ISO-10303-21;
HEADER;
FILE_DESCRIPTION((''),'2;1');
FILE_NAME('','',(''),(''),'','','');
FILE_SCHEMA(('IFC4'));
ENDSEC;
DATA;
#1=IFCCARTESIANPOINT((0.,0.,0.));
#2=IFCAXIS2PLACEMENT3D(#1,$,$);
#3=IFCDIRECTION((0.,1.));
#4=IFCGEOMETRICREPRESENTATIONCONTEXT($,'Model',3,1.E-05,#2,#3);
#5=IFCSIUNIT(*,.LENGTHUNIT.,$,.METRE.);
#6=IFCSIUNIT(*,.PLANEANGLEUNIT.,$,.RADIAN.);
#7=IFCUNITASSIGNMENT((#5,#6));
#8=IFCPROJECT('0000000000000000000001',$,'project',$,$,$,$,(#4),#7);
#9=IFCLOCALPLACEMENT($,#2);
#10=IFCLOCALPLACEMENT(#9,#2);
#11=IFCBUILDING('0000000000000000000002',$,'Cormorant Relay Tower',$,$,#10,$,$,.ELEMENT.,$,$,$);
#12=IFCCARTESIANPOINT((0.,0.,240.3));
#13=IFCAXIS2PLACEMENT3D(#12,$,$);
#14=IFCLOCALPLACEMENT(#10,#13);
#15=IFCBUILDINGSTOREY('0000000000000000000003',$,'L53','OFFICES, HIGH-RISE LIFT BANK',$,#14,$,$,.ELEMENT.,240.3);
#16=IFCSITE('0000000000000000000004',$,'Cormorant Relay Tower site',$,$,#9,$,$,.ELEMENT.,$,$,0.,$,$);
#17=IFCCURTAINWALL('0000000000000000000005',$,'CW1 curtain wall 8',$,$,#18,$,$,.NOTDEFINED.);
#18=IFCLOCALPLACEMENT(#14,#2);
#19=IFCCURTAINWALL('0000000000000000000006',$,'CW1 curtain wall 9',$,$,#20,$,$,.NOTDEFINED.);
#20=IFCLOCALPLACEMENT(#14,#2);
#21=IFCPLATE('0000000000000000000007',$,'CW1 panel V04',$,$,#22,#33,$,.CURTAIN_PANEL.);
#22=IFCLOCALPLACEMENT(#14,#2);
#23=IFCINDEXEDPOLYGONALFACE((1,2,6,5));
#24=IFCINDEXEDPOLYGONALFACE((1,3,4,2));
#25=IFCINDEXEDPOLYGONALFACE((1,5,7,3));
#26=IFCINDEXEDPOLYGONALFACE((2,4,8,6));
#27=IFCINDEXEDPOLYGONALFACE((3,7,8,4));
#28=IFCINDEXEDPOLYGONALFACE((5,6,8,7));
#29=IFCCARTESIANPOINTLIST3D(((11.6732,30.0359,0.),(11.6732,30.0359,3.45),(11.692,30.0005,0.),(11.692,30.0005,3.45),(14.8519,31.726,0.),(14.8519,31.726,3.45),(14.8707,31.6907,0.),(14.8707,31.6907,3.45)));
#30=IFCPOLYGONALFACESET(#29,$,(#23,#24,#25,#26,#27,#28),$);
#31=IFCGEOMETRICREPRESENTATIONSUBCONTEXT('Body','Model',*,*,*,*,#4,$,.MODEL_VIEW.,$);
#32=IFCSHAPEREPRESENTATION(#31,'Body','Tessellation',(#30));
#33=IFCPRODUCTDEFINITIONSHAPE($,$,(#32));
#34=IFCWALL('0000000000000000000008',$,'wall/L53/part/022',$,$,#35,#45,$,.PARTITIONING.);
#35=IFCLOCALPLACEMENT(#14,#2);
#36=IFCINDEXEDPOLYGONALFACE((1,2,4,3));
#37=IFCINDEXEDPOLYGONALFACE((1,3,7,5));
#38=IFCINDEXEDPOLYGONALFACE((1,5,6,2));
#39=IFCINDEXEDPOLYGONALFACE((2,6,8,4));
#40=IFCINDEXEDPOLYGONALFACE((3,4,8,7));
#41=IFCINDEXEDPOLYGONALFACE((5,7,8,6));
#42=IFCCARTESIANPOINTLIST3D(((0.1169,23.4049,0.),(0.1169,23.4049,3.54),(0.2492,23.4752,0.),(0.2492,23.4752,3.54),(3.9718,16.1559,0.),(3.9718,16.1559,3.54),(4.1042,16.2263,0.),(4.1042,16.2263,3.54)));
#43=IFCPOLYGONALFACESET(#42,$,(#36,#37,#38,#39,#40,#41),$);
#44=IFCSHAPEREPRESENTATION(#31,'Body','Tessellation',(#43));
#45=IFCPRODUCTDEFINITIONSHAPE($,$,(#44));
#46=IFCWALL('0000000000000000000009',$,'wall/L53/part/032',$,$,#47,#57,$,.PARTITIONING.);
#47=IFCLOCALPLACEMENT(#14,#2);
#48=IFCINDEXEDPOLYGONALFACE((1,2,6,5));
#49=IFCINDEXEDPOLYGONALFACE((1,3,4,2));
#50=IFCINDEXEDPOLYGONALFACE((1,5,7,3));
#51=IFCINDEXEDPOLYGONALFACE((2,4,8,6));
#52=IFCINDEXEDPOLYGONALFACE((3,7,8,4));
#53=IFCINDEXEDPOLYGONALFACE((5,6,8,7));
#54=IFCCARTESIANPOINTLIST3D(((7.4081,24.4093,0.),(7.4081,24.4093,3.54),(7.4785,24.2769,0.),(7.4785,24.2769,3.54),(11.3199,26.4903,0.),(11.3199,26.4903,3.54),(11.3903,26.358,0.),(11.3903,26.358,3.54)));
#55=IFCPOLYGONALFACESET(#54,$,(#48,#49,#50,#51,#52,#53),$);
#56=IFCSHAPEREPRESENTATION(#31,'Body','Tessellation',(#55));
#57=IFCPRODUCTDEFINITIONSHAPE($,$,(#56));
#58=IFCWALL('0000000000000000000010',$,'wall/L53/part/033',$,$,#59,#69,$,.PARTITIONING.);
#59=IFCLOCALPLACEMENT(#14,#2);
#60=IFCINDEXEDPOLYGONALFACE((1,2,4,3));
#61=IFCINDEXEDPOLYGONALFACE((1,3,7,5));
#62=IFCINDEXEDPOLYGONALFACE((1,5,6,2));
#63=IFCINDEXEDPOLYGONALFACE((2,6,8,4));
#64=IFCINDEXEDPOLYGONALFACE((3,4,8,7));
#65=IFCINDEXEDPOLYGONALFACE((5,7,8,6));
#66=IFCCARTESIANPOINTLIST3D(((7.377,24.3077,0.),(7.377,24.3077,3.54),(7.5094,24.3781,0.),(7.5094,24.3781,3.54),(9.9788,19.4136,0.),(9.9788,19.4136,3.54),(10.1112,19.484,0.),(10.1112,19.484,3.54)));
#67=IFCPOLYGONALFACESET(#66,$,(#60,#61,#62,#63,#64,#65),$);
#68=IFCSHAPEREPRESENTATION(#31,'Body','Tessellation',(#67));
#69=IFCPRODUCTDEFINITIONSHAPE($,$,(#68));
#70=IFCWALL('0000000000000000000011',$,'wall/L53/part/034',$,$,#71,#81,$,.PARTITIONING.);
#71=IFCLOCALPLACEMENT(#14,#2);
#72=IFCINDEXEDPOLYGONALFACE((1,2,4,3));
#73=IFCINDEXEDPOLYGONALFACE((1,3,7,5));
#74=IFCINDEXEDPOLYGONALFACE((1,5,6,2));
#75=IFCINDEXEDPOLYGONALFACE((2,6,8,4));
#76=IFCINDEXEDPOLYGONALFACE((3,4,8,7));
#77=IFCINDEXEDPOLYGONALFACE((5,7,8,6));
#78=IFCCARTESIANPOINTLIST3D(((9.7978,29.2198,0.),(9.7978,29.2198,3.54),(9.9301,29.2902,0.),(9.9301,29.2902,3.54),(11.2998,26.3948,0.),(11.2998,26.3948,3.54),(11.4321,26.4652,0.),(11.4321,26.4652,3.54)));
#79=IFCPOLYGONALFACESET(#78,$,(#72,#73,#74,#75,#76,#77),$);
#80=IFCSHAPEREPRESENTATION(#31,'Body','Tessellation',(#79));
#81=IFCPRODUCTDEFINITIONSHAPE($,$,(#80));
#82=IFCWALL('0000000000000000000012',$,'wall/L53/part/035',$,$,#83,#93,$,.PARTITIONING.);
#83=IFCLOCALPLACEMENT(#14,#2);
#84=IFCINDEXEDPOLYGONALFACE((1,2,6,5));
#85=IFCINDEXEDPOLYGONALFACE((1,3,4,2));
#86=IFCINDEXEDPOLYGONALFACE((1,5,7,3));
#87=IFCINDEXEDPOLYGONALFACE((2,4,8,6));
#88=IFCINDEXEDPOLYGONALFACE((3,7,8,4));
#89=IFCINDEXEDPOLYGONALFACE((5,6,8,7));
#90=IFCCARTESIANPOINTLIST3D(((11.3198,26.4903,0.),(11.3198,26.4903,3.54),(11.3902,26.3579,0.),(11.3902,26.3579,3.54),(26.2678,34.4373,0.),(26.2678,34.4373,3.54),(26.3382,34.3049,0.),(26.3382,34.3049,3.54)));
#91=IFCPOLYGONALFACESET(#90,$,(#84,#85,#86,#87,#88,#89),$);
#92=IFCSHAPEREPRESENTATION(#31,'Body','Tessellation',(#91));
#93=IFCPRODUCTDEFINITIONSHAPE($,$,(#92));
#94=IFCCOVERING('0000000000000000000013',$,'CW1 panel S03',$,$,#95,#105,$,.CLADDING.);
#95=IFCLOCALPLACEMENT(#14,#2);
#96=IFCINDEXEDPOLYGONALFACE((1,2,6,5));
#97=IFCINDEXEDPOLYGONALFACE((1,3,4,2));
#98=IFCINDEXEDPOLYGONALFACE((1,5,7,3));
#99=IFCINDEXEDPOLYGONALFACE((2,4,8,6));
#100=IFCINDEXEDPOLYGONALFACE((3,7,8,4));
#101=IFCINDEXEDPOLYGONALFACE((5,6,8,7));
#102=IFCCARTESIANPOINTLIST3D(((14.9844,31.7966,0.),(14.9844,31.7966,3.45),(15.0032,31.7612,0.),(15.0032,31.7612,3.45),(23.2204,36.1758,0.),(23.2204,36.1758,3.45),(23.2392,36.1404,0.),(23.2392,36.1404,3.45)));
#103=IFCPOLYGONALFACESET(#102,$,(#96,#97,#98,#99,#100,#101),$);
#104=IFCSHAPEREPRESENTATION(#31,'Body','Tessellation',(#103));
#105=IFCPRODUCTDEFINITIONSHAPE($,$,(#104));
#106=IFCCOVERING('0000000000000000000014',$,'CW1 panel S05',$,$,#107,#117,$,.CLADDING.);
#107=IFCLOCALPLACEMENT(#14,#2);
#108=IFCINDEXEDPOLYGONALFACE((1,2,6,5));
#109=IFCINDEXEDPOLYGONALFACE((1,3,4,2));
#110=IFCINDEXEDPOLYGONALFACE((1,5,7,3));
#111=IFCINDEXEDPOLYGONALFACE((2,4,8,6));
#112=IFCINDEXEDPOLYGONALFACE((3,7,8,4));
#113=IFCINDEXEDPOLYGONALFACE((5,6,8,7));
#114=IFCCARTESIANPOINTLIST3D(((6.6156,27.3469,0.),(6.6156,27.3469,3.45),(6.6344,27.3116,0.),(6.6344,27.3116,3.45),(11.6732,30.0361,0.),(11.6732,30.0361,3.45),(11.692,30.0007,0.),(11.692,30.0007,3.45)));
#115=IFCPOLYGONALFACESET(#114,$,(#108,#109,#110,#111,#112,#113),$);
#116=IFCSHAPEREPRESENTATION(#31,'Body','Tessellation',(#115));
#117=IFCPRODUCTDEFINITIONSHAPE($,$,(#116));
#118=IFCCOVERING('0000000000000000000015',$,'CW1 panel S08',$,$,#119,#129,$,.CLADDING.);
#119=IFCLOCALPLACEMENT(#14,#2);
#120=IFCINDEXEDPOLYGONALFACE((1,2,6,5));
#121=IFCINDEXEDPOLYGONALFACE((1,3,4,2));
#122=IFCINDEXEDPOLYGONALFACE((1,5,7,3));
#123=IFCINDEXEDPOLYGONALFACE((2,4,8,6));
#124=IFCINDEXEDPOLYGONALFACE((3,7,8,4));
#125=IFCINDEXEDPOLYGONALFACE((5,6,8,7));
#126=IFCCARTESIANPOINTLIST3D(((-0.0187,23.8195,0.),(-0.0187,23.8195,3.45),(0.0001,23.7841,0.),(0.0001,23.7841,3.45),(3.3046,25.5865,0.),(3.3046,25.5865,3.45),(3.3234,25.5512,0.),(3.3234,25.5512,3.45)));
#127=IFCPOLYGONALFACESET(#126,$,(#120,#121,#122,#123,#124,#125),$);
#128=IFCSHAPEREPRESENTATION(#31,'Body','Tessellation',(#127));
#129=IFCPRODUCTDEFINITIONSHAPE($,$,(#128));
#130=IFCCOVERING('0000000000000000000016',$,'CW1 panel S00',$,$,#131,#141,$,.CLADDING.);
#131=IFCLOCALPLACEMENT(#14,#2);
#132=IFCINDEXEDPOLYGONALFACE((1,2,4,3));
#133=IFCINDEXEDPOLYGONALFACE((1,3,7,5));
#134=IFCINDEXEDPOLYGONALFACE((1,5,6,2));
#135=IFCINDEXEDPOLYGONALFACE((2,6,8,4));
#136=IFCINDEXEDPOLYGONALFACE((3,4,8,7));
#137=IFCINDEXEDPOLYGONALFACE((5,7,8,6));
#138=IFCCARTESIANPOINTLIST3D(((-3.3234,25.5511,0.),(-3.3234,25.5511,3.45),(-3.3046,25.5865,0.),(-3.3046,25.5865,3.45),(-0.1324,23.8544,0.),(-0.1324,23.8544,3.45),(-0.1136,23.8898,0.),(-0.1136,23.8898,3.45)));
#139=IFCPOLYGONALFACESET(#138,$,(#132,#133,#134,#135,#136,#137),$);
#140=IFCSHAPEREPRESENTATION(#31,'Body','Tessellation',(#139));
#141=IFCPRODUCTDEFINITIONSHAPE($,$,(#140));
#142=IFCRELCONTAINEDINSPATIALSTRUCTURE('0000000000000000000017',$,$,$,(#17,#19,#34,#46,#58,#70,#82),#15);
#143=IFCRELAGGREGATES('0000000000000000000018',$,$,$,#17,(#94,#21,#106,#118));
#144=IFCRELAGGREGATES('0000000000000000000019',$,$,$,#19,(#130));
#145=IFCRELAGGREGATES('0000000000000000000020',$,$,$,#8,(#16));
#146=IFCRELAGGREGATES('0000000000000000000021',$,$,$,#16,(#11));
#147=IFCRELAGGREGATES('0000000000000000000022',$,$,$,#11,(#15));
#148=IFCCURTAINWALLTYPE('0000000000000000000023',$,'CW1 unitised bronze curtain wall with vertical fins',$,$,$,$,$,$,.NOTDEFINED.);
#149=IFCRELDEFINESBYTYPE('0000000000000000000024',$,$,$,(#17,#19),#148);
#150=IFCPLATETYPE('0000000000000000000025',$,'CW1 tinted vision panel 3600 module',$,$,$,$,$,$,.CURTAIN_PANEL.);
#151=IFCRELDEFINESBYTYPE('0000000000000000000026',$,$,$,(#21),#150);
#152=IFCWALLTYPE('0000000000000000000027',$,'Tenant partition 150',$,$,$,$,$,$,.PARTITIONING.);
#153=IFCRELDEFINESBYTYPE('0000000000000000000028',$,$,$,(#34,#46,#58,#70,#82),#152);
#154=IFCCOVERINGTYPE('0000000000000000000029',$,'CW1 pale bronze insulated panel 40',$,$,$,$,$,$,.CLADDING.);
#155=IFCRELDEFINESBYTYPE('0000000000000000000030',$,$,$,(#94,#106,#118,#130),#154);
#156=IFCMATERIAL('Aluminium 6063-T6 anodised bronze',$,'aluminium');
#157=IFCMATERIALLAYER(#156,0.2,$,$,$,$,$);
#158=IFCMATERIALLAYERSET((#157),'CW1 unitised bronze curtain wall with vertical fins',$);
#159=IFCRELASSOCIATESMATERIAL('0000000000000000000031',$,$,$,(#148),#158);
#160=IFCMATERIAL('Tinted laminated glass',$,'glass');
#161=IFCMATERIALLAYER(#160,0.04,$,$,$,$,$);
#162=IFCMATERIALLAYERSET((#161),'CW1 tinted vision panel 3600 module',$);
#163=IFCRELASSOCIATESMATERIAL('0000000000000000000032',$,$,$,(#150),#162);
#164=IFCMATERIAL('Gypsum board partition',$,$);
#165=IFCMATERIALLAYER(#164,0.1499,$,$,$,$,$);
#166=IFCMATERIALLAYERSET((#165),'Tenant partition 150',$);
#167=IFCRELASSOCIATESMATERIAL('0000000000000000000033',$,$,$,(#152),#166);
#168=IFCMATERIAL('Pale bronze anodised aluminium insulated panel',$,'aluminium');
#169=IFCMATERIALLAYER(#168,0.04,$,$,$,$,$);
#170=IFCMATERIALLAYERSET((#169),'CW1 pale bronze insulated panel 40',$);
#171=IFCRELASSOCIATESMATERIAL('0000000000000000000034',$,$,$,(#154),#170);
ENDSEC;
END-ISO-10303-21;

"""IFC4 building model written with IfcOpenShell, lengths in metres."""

from ifc_helpers import new_model, si_unit, direction, frame, frame_2d, origin, origin_2d, place, context, subcontext, project, spatial, rectangle, extrude, material, layer, layer_set, type_object, element, aggregate, save


model = new_model("IFC4")

# Units and contexts
model_context = context("Model", 3, precision=1e-05, world=origin(), true_north=direction((0.0, 1.0)))
body_context = subcontext(model_context, "Body", "Model", "MODEL_VIEW")
ifc_project = project(units=[si_unit("LENGTHUNIT", "METRE"), si_unit("PLANEANGLEUNIT", "RADIAN")], contexts=[model_context])

# Site, building, storey
site_placement = place(None, origin())
site = spatial("IfcSite", under=ifc_project, at=site_placement, Name="Cormorant Relay Tower site", CompositionType="ELEMENT", RefElevation=0.0)
building_placement = place(site_placement, origin())
building = spatial("IfcBuilding", under=site, at=building_placement, Name="Cormorant Relay Tower", CompositionType="ELEMENT")
storey_placement = place(building_placement, frame((0.0, 0.0, 240.3)))
storey = spatial("IfcBuildingStorey", under=building, at=storey_placement, Name="L53", Description="OFFICES, HIGH-RISE LIFT BANK", CompositionType="ELEMENT", Elevation=240.3)

# Curtain walls
ifc_material_1 = material(Name="Aluminium 6063-T6 anodised bronze", Category="aluminium")
ifc_layer_1 = layer(ifc_material_1, 0.2)
ifc_layer_set_1 = layer_set([ifc_layer_1], Name="CW1 unitised bronze curtain wall with vertical fins")
curtain_wall_type = type_object("IfcCurtainWallType", Name="CW1 unitised bronze curtain wall with vertical fins", PredefinedType="NOTDEFINED", material=ifc_layer_set_1)
curtain_wall_1_placement = place(storey_placement, origin())
curtain_wall_1 = element("IfcCurtainWall", 1, at=curtain_wall_1_placement, inside=storey, type_object=curtain_wall_type, Name="CW1 curtain wall 8", PredefinedType="NOTDEFINED")
curtain_wall_2_placement = place(storey_placement, origin())
curtain_wall_2 = element("IfcCurtainWall", 2, at=curtain_wall_2_placement, inside=storey, type_object=curtain_wall_type, Name="CW1 curtain wall 9", PredefinedType="NOTDEFINED")

# Plate
ifc_material_2 = material(Name="Tinted laminated glass", Category="glass")
ifc_layer_2 = layer(ifc_material_2, 0.04)
ifc_layer_set_2 = layer_set([ifc_layer_2], Name="CW1 tinted vision panel 3600 module")
plate_type_1 = type_object("IfcPlateType", Name="CW1 tinted vision panel 3600 module", PredefinedType="CURTAIN_PANEL", material=ifc_layer_set_2)
plate_1_placement = place(storey_placement, frame((13.272, 30.8633, 0.0), z_axis=(0.0, 0.0, 1.0), x_axis=(-0.882948, -0.469472, 0.0)))
plate_1 = element("IfcPlate", 3, at=plate_1_placement, type_object=plate_type_1, Name="CW1 panel V04", PredefinedType="CURTAIN_PANEL", context=body_context, shape_type="SweptSolid", body=[
    extrude(rectangle(XDim=3.6001, YDim=0.04, at=origin_2d()), origin(), (0.0, 0.0, 1.0), 3.45),
])

# Walls
ifc_material_3 = material(Name="Gypsum board partition")
ifc_layer_3 = layer(ifc_material_3, 0.1499)
ifc_layer_set_3 = layer_set([ifc_layer_3], Name="Tenant partition 150")
wall_type = type_object("IfcWallType", Name="Tenant partition 150", PredefinedType="PARTITIONING", material=ifc_layer_set_3)
wall_1_placement = place(storey_placement, frame((0.1831, 23.4399, 0.0), z_axis=(0.0, 0.0, 1.0), x_axis=(0.469529, -0.882917, 0.0)))
element("IfcWall", 4, at=wall_1_placement, inside=storey, type_object=wall_type, Name="wall/L53/part/022", PredefinedType="PARTITIONING", context=body_context, shape_type="SweptSolid", body=[
    extrude(rectangle(XDim=8.2102, YDim=0.1499, at=frame_2d((4.105, 0.0))), origin(), (0.0, 0.0, 1.0), 3.54),
])
wall_2_placement = place(storey_placement, frame((11.355, 26.4241, 0.0), z_axis=(0.0, 0.0, 1.0), x_axis=(-0.882847, -0.469661, 0.0)))
element("IfcWall", 5, at=wall_2_placement, inside=storey, type_object=wall_type, Name="wall/L53/part/032", PredefinedType="PARTITIONING", context=body_context, shape_type="SweptSolid", body=[
    extrude(rectangle(XDim=4.4309, YDim=0.1499, at=frame_2d((2.2153, 0.0))), origin(), (0.0, 0.0, 1.0), 3.54),
])
wall_3_placement = place(storey_placement, frame((7.4431, 24.343, 0.0), z_axis=(0.0, 0.0, 1.0), x_axis=(0.469415, -0.882978, 0.0)))
element("IfcWall", 6, at=wall_3_placement, inside=storey, type_object=wall_type, Name="wall/L53/part/033", PredefinedType="PARTITIONING", context=body_context, shape_type="SweptSolid", body=[
    extrude(rectangle(XDim=5.5427, YDim=0.1499, at=frame_2d((2.7715, 0.0))), origin(), (0.0, 0.0, 1.0), 3.54),
])
wall_4_placement = place(storey_placement, frame((9.864, 29.2549, 0.0), z_axis=(0.0, 0.0, 1.0), x_axis=(0.469447, -0.882961, 0.0)))
element("IfcWall", 7, at=wall_4_placement, inside=storey, type_object=wall_type, Name="wall/L53/part/034", PredefinedType="PARTITIONING", context=body_context, shape_type="SweptSolid", body=[
    extrude(rectangle(XDim=3.1995, YDim=0.1499, at=frame_2d((1.5996, 0.0))), origin(), (0.0, 0.0, 1.0), 3.54),
])
wall_5_placement = place(storey_placement, frame((11.355, 26.4241, 0.0), z_axis=(0.0, 0.0, 1.0), x_axis=(0.882971, 0.469427, 0.0)))
element("IfcWall", 8, at=wall_5_placement, inside=storey, type_object=wall_type, Name="wall/L53/part/035", PredefinedType="PARTITIONING", context=body_context, shape_type="SweptSolid", body=[
    extrude(rectangle(XDim=16.9292, YDim=0.1499, at=frame_2d((8.4646, 0.0))), origin(), (0.0, 0.0, 1.0), 3.54),
])

# Coverings
ifc_material_4 = material(Name="Pale bronze anodised aluminium insulated panel", Category="aluminium")
ifc_layer_4 = layer(ifc_material_4, 0.04)
ifc_layer_set_4 = layer_set([ifc_layer_4], Name="CW1 pale bronze insulated panel 40")
covering_type = type_object("IfcCoveringType", Name="CW1 pale bronze insulated panel 40", PredefinedType="CLADDING", material=ifc_layer_set_4)
covering_1_placement = place(storey_placement, frame((19.1118, 33.9685, 0.0), z_axis=(0.0, 0.0, 1.0), x_axis=(-0.882948, -0.469472, 0.0)))
covering_1 = element("IfcCovering", 9, at=covering_1_placement, type_object=covering_type, Name="CW1 panel S03", PredefinedType="CLADDING", context=body_context, shape_type="SweptSolid", body=[
    extrude(rectangle(XDim=9.3279, YDim=0.04, at=origin_2d()), origin(), (0.0, 0.0, 1.0), 3.45),
])
covering_2_placement = place(storey_placement, frame((9.1538, 28.6738, 0.0), z_axis=(0.0, 0.0, 1.0), x_axis=(-0.882948, -0.469472, 0.0)))
covering_2 = element("IfcCovering", 10, at=covering_2_placement, type_object=covering_type, Name="CW1 panel S05", PredefinedType="CLADDING", context=body_context, shape_type="SweptSolid", body=[
    extrude(rectangle(XDim=5.728, YDim=0.04, at=origin_2d()), origin(), (0.0, 0.0, 1.0), 3.45),
])
covering_3_placement = place(storey_placement, frame((1.6523, 24.6853, 0.0), z_axis=(0.0, 0.0, 1.0), x_axis=(-0.882948, -0.469472, 0.0)))
covering_3 = element("IfcCovering", 11, at=covering_3_placement, type_object=covering_type, Name="CW1 panel S08", PredefinedType="CLADDING", context=body_context, shape_type="SweptSolid", body=[
    extrude(rectangle(XDim=3.7639, YDim=0.04, at=origin_2d()), origin(), (0.0, 0.0, 1.0), 3.45),
])
aggregate(curtain_wall_1, [covering_1, plate_1, covering_2, covering_3])
covering_4_placement = place(storey_placement, frame((-1.7185, 24.7205, 0.0), z_axis=(0.0, 0.0, 1.0), x_axis=(-0.882948, 0.469472, 0.0)))
covering_4 = element("IfcCovering", 12, at=covering_4_placement, type_object=covering_type, Name="CW1 panel S00", PredefinedType="CLADDING", context=body_context, shape_type="SweptSolid", body=[
    extrude(rectangle(XDim=3.614, YDim=0.04, at=origin_2d()), origin(), (0.0, 0.0, 1.0), 3.45),
])
aggregate(curtain_wall_2, [covering_4])

save(model, "model.ifc")
